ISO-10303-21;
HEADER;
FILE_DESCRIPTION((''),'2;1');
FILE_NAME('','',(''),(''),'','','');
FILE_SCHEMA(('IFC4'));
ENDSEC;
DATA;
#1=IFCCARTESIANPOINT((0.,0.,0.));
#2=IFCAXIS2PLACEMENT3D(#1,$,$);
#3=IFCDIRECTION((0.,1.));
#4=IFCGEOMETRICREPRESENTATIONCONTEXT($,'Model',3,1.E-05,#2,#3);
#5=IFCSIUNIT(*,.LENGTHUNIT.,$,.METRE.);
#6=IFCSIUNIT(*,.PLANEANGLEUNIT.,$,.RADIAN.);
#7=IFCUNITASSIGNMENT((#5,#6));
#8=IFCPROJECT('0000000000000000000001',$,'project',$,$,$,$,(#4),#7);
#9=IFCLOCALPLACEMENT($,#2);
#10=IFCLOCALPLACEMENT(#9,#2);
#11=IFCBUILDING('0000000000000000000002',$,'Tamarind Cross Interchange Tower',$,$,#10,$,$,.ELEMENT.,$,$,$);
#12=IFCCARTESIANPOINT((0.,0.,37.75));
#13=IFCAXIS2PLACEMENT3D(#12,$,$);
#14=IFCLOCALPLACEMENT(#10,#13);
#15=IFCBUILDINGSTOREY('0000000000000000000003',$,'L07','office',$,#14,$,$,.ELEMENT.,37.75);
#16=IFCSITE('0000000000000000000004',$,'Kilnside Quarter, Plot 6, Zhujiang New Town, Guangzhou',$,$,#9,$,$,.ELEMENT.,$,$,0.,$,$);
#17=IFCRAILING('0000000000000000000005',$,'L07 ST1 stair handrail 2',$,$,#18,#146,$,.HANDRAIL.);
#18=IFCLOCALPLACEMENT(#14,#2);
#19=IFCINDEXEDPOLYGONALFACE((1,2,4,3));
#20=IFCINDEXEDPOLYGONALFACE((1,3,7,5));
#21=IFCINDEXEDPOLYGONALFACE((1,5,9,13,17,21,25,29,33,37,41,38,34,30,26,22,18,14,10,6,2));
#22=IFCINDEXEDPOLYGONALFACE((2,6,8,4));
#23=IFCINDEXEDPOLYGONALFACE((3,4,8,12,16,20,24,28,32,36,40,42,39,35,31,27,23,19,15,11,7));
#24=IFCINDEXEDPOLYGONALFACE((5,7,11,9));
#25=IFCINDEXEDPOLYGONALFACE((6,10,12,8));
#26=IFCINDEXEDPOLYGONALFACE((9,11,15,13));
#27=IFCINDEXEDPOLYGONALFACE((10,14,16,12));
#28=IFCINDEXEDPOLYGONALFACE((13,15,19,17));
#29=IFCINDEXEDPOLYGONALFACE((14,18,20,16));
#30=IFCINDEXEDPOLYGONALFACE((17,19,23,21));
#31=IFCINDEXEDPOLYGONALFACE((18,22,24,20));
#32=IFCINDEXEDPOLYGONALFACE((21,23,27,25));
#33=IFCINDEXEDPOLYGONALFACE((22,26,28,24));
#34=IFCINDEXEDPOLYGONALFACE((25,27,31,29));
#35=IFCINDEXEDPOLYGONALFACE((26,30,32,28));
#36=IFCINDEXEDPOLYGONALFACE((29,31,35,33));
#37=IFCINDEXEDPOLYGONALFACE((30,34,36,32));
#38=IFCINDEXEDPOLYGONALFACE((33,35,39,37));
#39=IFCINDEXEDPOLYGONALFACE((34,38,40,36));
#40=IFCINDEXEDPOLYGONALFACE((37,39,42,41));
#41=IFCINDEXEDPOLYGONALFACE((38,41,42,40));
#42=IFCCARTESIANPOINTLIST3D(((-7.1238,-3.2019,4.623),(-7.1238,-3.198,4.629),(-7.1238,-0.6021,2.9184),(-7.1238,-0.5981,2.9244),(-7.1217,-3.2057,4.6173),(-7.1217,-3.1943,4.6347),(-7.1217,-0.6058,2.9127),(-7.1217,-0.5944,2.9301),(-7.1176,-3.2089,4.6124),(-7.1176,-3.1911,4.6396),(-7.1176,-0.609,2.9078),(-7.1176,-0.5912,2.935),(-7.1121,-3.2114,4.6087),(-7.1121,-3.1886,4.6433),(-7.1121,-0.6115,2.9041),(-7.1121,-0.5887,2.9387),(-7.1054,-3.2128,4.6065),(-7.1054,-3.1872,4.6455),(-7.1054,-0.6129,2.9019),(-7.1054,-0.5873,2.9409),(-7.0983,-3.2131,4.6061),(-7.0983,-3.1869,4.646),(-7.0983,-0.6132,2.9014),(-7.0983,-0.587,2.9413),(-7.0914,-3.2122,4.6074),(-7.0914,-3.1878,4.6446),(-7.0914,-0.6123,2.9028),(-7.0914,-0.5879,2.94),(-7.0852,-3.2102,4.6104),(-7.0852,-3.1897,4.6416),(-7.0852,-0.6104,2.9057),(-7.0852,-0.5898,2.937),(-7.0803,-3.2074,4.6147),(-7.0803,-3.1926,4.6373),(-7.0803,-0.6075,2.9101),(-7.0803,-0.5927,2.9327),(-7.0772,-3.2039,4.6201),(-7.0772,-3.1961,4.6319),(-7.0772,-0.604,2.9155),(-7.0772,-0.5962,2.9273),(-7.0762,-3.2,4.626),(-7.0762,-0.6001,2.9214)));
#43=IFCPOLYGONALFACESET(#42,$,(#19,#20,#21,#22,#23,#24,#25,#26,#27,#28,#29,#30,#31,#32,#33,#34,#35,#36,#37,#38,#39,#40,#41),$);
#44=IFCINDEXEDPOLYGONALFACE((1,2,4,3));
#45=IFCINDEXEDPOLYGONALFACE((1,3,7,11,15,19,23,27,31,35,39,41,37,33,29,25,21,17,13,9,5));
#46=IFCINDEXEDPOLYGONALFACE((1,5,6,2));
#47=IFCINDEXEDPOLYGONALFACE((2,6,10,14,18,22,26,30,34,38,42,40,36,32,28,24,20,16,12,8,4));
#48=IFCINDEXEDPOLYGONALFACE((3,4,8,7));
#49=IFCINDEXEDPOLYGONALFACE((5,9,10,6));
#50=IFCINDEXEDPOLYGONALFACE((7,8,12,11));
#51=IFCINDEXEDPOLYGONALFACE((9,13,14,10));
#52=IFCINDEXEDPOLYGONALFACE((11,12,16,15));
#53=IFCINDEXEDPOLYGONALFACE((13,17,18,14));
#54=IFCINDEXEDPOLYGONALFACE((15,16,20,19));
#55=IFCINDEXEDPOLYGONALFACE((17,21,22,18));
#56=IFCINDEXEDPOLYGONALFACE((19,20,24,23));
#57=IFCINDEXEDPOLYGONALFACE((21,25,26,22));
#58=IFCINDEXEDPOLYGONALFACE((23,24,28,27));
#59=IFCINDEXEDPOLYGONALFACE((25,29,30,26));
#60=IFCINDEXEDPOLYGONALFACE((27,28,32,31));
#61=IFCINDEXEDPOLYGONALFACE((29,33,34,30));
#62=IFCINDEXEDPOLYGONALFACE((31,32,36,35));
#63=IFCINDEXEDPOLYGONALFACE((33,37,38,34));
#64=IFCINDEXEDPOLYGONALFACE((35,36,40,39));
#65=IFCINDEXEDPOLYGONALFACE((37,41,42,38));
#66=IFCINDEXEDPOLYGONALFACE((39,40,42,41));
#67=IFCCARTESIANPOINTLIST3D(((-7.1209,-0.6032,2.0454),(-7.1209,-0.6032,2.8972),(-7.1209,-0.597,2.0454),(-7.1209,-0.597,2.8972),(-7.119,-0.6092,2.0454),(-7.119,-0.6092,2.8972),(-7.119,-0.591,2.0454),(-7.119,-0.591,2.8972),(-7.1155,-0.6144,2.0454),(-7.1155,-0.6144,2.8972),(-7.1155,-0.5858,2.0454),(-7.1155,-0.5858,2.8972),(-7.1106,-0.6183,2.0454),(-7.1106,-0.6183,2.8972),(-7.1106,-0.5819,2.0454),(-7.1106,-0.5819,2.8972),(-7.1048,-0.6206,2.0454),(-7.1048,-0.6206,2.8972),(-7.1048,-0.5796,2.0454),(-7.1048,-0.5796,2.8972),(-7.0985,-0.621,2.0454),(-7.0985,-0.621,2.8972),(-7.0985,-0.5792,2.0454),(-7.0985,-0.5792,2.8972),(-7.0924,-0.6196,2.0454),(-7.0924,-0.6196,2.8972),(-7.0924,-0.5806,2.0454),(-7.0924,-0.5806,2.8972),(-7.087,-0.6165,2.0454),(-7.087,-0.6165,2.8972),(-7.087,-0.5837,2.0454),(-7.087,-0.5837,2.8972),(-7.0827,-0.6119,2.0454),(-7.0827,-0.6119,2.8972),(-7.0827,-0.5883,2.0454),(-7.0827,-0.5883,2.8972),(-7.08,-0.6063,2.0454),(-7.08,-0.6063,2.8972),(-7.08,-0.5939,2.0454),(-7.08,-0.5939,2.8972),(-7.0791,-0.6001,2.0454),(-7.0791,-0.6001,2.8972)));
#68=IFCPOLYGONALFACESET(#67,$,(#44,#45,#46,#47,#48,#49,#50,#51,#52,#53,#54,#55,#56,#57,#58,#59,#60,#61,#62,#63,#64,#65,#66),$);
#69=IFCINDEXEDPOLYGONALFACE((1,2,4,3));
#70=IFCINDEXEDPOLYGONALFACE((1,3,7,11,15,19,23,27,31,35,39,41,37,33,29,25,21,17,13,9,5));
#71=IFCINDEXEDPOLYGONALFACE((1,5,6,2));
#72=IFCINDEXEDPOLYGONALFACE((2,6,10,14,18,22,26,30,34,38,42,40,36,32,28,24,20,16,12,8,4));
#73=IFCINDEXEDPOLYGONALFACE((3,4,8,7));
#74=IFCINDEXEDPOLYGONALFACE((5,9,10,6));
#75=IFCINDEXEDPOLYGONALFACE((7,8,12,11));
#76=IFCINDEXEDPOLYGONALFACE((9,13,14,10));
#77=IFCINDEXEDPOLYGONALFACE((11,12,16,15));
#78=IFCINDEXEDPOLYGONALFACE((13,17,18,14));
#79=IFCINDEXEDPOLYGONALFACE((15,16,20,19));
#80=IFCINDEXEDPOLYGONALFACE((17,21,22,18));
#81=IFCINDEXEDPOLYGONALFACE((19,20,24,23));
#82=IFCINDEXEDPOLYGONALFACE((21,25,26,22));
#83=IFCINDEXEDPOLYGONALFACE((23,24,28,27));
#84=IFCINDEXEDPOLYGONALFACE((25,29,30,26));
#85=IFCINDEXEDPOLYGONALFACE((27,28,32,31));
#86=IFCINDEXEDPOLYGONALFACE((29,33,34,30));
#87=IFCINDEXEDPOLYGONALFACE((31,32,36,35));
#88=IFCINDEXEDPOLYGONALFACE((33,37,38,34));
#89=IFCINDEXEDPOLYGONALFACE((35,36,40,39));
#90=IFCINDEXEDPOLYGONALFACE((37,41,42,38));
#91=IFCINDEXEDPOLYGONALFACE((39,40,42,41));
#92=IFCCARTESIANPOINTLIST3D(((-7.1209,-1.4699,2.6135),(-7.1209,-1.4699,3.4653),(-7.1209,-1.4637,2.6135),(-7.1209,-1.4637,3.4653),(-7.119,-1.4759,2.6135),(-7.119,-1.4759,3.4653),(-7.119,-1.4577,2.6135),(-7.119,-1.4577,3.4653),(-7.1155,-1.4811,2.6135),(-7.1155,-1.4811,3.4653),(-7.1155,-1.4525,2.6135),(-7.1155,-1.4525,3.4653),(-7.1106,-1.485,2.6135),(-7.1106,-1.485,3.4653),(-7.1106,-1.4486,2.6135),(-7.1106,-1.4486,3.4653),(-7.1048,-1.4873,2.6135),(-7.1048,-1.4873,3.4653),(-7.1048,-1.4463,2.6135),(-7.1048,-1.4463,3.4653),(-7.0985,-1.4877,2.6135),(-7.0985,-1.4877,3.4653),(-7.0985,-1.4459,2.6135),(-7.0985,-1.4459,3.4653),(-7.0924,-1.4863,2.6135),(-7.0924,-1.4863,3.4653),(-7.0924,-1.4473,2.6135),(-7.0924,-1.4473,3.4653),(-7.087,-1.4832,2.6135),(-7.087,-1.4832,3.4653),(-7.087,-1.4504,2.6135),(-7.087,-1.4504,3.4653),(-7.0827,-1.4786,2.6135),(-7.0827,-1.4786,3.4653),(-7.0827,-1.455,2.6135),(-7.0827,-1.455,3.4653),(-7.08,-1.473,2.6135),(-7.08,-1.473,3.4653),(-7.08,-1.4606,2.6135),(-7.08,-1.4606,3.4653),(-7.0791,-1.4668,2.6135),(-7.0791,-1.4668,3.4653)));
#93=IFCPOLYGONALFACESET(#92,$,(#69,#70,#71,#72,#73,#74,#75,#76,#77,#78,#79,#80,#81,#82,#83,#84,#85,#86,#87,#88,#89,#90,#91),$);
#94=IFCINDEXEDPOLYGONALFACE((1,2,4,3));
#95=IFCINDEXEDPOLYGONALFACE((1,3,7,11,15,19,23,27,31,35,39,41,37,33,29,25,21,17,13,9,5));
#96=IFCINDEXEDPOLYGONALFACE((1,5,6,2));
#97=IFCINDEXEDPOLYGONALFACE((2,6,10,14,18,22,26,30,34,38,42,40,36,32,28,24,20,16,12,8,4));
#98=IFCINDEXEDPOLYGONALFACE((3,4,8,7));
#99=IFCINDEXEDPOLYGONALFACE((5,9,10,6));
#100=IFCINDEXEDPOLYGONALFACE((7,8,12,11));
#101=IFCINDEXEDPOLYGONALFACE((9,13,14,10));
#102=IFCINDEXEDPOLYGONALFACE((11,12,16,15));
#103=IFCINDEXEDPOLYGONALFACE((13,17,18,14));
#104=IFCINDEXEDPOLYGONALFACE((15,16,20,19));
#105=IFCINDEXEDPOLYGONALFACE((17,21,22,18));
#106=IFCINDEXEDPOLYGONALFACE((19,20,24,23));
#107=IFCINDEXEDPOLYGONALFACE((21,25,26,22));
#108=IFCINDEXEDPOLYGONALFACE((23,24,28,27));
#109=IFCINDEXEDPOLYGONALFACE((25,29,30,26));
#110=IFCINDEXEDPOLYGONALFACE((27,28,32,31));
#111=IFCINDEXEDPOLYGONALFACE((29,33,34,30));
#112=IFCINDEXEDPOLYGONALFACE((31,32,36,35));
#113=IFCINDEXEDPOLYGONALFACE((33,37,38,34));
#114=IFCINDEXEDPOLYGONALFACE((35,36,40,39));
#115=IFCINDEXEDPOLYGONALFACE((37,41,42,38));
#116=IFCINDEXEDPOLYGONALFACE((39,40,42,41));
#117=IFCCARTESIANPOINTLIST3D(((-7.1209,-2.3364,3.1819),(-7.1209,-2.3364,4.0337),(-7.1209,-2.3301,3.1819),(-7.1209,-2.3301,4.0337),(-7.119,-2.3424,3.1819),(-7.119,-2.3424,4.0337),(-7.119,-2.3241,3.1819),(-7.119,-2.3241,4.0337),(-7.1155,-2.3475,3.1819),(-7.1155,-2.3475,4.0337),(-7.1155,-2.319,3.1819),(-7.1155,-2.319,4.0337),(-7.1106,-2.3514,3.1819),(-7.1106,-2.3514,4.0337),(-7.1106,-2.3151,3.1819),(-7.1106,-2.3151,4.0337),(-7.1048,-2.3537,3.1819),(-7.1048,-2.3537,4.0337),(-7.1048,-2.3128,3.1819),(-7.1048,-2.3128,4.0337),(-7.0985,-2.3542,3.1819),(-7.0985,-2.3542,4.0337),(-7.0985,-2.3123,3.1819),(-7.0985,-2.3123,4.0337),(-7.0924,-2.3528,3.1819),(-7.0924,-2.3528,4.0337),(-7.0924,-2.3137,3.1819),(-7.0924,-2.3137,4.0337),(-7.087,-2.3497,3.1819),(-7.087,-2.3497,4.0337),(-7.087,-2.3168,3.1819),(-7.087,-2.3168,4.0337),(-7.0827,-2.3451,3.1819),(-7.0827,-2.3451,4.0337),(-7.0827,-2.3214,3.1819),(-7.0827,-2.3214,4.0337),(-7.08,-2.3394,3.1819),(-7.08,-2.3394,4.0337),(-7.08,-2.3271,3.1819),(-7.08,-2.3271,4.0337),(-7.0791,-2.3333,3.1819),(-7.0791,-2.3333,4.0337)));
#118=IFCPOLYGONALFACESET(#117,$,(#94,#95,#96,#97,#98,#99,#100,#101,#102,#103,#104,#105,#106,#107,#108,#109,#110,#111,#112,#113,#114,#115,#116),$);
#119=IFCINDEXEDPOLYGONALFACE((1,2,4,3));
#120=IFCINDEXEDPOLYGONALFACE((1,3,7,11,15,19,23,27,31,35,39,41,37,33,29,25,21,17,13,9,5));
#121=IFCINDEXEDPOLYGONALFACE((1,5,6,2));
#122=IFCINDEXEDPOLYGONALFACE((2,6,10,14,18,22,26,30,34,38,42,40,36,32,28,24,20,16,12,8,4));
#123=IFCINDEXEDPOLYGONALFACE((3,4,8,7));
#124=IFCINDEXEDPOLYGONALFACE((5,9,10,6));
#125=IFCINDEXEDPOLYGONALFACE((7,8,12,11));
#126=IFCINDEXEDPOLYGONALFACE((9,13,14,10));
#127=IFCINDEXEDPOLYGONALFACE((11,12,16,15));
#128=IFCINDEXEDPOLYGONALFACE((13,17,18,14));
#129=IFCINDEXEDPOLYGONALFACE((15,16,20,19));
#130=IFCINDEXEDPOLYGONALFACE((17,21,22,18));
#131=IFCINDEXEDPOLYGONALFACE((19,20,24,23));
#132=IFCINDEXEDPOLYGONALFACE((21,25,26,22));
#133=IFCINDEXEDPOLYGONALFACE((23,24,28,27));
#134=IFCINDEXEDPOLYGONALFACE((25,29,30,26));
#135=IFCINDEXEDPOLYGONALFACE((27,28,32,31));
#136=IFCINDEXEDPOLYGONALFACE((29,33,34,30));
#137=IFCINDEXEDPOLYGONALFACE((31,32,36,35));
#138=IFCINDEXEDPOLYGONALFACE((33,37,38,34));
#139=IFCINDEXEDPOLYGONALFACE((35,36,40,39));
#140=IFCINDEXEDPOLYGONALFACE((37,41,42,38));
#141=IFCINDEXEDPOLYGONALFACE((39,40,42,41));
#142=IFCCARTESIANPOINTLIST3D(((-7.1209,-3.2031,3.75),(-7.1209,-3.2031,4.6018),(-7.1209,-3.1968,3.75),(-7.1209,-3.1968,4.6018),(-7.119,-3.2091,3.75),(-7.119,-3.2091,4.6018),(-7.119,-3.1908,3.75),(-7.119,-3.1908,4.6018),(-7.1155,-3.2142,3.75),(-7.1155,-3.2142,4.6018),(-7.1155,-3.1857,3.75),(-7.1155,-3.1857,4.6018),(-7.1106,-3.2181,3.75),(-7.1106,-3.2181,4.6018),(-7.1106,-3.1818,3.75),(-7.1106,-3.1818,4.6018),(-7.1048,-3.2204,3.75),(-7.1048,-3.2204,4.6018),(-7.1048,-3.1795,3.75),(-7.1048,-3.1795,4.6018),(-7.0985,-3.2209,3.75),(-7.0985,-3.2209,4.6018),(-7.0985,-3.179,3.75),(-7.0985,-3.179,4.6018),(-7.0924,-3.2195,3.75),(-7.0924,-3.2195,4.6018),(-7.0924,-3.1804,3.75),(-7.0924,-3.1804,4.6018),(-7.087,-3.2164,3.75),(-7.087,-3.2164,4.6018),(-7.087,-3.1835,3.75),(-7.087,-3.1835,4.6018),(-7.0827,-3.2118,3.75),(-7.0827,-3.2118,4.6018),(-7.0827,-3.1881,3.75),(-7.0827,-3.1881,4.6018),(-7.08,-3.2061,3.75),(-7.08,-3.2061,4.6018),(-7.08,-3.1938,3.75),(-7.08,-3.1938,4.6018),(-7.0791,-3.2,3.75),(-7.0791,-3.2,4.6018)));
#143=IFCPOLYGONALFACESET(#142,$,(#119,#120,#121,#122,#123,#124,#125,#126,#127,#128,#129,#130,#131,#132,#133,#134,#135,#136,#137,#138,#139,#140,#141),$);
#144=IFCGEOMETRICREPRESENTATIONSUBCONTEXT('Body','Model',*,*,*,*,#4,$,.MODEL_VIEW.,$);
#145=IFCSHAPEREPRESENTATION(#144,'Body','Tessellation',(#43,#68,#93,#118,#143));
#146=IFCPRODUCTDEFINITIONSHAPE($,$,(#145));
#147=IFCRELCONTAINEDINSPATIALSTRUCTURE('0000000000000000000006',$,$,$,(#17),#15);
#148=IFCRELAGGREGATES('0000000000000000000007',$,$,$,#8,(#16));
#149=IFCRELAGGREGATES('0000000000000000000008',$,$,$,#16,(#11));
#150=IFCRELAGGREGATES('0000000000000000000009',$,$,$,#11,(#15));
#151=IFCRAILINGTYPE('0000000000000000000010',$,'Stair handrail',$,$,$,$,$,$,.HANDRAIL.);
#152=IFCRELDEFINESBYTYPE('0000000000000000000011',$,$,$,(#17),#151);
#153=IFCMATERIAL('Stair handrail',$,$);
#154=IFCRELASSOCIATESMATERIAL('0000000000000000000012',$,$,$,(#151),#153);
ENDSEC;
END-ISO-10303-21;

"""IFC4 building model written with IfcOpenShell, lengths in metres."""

from ifc_helpers import new_model, si_unit, direction, frame, origin, origin_2d, place, context, subcontext, project, spatial, circle, extrude, material, type_object, element, save


model = new_model("IFC4")

# Units and contexts
model_context = context("Model", 3, precision=1e-05, world=origin(), true_north=direction((0.0, 1.0)))
body_context = subcontext(model_context, "Body", "Model", "MODEL_VIEW")
ifc_project = project(units=[si_unit("LENGTHUNIT", "METRE"), si_unit("PLANEANGLEUNIT", "RADIAN")], contexts=[model_context])

# Site, building, storey
site_placement = place(None, origin())
site = spatial("IfcSite", under=ifc_project, at=site_placement, Name="Kilnside Quarter, Plot 6, Zhujiang New Town, Guangzhou", CompositionType="ELEMENT", RefElevation=0.0)
building_placement = place(site_placement, origin())
building = spatial("IfcBuilding", under=site, at=building_placement, Name="Tamarind Cross Interchange Tower", CompositionType="ELEMENT")
storey_placement = place(building_placement, frame((0.0, 0.0, 37.75)))
storey = spatial("IfcBuildingStorey", under=building, at=storey_placement, Name="L07", Description="office", CompositionType="ELEMENT", Elevation=37.75)

# Railing
ifc_material_1 = material(Name="Stair handrail")
railing_type_1 = type_object("IfcRailingType", Name="Stair handrail", PredefinedType="HANDRAIL", material=ifc_material_1)
railing_1_placement = place(storey_placement, frame((-7.1001, -0.6001, 2.0454)))
element("IfcRailing", 1, at=railing_1_placement, inside=storey, type_object=railing_type_1, Name="L07 ST1 stair handrail 2", PredefinedType="HANDRAIL", context=body_context, shape_type="SweptSolid", body=[
    extrude(circle(Radius=0.0239, at=origin_2d()), frame((0.0, 0.0, 0.876), z_axis=(0.0, -0.836279, 0.548305), x_axis=(1.0, 0.0, 0.0)), (0.0, 0.0, 1.0), 3.1089),
    extrude(circle(Radius=0.021, at=origin_2d()), origin(), (0.0, 0.0, 1.0), 0.8518),
    extrude(circle(Radius=0.021, at=origin_2d()), frame((0.0, -0.8667, 0.5681)), (0.0, 0.0, 1.0), 0.8518),
    extrude(circle(Radius=0.021, at=origin_2d()), frame((0.0, -1.7332, 1.1365)), (0.0, 0.0, 1.0), 0.8518),
    extrude(circle(Radius=0.021, at=origin_2d()), frame((0.0, -2.5999, 1.7046)), (0.0, 0.0, 1.0), 0.8518),
])

save(model, "model.ifc")
